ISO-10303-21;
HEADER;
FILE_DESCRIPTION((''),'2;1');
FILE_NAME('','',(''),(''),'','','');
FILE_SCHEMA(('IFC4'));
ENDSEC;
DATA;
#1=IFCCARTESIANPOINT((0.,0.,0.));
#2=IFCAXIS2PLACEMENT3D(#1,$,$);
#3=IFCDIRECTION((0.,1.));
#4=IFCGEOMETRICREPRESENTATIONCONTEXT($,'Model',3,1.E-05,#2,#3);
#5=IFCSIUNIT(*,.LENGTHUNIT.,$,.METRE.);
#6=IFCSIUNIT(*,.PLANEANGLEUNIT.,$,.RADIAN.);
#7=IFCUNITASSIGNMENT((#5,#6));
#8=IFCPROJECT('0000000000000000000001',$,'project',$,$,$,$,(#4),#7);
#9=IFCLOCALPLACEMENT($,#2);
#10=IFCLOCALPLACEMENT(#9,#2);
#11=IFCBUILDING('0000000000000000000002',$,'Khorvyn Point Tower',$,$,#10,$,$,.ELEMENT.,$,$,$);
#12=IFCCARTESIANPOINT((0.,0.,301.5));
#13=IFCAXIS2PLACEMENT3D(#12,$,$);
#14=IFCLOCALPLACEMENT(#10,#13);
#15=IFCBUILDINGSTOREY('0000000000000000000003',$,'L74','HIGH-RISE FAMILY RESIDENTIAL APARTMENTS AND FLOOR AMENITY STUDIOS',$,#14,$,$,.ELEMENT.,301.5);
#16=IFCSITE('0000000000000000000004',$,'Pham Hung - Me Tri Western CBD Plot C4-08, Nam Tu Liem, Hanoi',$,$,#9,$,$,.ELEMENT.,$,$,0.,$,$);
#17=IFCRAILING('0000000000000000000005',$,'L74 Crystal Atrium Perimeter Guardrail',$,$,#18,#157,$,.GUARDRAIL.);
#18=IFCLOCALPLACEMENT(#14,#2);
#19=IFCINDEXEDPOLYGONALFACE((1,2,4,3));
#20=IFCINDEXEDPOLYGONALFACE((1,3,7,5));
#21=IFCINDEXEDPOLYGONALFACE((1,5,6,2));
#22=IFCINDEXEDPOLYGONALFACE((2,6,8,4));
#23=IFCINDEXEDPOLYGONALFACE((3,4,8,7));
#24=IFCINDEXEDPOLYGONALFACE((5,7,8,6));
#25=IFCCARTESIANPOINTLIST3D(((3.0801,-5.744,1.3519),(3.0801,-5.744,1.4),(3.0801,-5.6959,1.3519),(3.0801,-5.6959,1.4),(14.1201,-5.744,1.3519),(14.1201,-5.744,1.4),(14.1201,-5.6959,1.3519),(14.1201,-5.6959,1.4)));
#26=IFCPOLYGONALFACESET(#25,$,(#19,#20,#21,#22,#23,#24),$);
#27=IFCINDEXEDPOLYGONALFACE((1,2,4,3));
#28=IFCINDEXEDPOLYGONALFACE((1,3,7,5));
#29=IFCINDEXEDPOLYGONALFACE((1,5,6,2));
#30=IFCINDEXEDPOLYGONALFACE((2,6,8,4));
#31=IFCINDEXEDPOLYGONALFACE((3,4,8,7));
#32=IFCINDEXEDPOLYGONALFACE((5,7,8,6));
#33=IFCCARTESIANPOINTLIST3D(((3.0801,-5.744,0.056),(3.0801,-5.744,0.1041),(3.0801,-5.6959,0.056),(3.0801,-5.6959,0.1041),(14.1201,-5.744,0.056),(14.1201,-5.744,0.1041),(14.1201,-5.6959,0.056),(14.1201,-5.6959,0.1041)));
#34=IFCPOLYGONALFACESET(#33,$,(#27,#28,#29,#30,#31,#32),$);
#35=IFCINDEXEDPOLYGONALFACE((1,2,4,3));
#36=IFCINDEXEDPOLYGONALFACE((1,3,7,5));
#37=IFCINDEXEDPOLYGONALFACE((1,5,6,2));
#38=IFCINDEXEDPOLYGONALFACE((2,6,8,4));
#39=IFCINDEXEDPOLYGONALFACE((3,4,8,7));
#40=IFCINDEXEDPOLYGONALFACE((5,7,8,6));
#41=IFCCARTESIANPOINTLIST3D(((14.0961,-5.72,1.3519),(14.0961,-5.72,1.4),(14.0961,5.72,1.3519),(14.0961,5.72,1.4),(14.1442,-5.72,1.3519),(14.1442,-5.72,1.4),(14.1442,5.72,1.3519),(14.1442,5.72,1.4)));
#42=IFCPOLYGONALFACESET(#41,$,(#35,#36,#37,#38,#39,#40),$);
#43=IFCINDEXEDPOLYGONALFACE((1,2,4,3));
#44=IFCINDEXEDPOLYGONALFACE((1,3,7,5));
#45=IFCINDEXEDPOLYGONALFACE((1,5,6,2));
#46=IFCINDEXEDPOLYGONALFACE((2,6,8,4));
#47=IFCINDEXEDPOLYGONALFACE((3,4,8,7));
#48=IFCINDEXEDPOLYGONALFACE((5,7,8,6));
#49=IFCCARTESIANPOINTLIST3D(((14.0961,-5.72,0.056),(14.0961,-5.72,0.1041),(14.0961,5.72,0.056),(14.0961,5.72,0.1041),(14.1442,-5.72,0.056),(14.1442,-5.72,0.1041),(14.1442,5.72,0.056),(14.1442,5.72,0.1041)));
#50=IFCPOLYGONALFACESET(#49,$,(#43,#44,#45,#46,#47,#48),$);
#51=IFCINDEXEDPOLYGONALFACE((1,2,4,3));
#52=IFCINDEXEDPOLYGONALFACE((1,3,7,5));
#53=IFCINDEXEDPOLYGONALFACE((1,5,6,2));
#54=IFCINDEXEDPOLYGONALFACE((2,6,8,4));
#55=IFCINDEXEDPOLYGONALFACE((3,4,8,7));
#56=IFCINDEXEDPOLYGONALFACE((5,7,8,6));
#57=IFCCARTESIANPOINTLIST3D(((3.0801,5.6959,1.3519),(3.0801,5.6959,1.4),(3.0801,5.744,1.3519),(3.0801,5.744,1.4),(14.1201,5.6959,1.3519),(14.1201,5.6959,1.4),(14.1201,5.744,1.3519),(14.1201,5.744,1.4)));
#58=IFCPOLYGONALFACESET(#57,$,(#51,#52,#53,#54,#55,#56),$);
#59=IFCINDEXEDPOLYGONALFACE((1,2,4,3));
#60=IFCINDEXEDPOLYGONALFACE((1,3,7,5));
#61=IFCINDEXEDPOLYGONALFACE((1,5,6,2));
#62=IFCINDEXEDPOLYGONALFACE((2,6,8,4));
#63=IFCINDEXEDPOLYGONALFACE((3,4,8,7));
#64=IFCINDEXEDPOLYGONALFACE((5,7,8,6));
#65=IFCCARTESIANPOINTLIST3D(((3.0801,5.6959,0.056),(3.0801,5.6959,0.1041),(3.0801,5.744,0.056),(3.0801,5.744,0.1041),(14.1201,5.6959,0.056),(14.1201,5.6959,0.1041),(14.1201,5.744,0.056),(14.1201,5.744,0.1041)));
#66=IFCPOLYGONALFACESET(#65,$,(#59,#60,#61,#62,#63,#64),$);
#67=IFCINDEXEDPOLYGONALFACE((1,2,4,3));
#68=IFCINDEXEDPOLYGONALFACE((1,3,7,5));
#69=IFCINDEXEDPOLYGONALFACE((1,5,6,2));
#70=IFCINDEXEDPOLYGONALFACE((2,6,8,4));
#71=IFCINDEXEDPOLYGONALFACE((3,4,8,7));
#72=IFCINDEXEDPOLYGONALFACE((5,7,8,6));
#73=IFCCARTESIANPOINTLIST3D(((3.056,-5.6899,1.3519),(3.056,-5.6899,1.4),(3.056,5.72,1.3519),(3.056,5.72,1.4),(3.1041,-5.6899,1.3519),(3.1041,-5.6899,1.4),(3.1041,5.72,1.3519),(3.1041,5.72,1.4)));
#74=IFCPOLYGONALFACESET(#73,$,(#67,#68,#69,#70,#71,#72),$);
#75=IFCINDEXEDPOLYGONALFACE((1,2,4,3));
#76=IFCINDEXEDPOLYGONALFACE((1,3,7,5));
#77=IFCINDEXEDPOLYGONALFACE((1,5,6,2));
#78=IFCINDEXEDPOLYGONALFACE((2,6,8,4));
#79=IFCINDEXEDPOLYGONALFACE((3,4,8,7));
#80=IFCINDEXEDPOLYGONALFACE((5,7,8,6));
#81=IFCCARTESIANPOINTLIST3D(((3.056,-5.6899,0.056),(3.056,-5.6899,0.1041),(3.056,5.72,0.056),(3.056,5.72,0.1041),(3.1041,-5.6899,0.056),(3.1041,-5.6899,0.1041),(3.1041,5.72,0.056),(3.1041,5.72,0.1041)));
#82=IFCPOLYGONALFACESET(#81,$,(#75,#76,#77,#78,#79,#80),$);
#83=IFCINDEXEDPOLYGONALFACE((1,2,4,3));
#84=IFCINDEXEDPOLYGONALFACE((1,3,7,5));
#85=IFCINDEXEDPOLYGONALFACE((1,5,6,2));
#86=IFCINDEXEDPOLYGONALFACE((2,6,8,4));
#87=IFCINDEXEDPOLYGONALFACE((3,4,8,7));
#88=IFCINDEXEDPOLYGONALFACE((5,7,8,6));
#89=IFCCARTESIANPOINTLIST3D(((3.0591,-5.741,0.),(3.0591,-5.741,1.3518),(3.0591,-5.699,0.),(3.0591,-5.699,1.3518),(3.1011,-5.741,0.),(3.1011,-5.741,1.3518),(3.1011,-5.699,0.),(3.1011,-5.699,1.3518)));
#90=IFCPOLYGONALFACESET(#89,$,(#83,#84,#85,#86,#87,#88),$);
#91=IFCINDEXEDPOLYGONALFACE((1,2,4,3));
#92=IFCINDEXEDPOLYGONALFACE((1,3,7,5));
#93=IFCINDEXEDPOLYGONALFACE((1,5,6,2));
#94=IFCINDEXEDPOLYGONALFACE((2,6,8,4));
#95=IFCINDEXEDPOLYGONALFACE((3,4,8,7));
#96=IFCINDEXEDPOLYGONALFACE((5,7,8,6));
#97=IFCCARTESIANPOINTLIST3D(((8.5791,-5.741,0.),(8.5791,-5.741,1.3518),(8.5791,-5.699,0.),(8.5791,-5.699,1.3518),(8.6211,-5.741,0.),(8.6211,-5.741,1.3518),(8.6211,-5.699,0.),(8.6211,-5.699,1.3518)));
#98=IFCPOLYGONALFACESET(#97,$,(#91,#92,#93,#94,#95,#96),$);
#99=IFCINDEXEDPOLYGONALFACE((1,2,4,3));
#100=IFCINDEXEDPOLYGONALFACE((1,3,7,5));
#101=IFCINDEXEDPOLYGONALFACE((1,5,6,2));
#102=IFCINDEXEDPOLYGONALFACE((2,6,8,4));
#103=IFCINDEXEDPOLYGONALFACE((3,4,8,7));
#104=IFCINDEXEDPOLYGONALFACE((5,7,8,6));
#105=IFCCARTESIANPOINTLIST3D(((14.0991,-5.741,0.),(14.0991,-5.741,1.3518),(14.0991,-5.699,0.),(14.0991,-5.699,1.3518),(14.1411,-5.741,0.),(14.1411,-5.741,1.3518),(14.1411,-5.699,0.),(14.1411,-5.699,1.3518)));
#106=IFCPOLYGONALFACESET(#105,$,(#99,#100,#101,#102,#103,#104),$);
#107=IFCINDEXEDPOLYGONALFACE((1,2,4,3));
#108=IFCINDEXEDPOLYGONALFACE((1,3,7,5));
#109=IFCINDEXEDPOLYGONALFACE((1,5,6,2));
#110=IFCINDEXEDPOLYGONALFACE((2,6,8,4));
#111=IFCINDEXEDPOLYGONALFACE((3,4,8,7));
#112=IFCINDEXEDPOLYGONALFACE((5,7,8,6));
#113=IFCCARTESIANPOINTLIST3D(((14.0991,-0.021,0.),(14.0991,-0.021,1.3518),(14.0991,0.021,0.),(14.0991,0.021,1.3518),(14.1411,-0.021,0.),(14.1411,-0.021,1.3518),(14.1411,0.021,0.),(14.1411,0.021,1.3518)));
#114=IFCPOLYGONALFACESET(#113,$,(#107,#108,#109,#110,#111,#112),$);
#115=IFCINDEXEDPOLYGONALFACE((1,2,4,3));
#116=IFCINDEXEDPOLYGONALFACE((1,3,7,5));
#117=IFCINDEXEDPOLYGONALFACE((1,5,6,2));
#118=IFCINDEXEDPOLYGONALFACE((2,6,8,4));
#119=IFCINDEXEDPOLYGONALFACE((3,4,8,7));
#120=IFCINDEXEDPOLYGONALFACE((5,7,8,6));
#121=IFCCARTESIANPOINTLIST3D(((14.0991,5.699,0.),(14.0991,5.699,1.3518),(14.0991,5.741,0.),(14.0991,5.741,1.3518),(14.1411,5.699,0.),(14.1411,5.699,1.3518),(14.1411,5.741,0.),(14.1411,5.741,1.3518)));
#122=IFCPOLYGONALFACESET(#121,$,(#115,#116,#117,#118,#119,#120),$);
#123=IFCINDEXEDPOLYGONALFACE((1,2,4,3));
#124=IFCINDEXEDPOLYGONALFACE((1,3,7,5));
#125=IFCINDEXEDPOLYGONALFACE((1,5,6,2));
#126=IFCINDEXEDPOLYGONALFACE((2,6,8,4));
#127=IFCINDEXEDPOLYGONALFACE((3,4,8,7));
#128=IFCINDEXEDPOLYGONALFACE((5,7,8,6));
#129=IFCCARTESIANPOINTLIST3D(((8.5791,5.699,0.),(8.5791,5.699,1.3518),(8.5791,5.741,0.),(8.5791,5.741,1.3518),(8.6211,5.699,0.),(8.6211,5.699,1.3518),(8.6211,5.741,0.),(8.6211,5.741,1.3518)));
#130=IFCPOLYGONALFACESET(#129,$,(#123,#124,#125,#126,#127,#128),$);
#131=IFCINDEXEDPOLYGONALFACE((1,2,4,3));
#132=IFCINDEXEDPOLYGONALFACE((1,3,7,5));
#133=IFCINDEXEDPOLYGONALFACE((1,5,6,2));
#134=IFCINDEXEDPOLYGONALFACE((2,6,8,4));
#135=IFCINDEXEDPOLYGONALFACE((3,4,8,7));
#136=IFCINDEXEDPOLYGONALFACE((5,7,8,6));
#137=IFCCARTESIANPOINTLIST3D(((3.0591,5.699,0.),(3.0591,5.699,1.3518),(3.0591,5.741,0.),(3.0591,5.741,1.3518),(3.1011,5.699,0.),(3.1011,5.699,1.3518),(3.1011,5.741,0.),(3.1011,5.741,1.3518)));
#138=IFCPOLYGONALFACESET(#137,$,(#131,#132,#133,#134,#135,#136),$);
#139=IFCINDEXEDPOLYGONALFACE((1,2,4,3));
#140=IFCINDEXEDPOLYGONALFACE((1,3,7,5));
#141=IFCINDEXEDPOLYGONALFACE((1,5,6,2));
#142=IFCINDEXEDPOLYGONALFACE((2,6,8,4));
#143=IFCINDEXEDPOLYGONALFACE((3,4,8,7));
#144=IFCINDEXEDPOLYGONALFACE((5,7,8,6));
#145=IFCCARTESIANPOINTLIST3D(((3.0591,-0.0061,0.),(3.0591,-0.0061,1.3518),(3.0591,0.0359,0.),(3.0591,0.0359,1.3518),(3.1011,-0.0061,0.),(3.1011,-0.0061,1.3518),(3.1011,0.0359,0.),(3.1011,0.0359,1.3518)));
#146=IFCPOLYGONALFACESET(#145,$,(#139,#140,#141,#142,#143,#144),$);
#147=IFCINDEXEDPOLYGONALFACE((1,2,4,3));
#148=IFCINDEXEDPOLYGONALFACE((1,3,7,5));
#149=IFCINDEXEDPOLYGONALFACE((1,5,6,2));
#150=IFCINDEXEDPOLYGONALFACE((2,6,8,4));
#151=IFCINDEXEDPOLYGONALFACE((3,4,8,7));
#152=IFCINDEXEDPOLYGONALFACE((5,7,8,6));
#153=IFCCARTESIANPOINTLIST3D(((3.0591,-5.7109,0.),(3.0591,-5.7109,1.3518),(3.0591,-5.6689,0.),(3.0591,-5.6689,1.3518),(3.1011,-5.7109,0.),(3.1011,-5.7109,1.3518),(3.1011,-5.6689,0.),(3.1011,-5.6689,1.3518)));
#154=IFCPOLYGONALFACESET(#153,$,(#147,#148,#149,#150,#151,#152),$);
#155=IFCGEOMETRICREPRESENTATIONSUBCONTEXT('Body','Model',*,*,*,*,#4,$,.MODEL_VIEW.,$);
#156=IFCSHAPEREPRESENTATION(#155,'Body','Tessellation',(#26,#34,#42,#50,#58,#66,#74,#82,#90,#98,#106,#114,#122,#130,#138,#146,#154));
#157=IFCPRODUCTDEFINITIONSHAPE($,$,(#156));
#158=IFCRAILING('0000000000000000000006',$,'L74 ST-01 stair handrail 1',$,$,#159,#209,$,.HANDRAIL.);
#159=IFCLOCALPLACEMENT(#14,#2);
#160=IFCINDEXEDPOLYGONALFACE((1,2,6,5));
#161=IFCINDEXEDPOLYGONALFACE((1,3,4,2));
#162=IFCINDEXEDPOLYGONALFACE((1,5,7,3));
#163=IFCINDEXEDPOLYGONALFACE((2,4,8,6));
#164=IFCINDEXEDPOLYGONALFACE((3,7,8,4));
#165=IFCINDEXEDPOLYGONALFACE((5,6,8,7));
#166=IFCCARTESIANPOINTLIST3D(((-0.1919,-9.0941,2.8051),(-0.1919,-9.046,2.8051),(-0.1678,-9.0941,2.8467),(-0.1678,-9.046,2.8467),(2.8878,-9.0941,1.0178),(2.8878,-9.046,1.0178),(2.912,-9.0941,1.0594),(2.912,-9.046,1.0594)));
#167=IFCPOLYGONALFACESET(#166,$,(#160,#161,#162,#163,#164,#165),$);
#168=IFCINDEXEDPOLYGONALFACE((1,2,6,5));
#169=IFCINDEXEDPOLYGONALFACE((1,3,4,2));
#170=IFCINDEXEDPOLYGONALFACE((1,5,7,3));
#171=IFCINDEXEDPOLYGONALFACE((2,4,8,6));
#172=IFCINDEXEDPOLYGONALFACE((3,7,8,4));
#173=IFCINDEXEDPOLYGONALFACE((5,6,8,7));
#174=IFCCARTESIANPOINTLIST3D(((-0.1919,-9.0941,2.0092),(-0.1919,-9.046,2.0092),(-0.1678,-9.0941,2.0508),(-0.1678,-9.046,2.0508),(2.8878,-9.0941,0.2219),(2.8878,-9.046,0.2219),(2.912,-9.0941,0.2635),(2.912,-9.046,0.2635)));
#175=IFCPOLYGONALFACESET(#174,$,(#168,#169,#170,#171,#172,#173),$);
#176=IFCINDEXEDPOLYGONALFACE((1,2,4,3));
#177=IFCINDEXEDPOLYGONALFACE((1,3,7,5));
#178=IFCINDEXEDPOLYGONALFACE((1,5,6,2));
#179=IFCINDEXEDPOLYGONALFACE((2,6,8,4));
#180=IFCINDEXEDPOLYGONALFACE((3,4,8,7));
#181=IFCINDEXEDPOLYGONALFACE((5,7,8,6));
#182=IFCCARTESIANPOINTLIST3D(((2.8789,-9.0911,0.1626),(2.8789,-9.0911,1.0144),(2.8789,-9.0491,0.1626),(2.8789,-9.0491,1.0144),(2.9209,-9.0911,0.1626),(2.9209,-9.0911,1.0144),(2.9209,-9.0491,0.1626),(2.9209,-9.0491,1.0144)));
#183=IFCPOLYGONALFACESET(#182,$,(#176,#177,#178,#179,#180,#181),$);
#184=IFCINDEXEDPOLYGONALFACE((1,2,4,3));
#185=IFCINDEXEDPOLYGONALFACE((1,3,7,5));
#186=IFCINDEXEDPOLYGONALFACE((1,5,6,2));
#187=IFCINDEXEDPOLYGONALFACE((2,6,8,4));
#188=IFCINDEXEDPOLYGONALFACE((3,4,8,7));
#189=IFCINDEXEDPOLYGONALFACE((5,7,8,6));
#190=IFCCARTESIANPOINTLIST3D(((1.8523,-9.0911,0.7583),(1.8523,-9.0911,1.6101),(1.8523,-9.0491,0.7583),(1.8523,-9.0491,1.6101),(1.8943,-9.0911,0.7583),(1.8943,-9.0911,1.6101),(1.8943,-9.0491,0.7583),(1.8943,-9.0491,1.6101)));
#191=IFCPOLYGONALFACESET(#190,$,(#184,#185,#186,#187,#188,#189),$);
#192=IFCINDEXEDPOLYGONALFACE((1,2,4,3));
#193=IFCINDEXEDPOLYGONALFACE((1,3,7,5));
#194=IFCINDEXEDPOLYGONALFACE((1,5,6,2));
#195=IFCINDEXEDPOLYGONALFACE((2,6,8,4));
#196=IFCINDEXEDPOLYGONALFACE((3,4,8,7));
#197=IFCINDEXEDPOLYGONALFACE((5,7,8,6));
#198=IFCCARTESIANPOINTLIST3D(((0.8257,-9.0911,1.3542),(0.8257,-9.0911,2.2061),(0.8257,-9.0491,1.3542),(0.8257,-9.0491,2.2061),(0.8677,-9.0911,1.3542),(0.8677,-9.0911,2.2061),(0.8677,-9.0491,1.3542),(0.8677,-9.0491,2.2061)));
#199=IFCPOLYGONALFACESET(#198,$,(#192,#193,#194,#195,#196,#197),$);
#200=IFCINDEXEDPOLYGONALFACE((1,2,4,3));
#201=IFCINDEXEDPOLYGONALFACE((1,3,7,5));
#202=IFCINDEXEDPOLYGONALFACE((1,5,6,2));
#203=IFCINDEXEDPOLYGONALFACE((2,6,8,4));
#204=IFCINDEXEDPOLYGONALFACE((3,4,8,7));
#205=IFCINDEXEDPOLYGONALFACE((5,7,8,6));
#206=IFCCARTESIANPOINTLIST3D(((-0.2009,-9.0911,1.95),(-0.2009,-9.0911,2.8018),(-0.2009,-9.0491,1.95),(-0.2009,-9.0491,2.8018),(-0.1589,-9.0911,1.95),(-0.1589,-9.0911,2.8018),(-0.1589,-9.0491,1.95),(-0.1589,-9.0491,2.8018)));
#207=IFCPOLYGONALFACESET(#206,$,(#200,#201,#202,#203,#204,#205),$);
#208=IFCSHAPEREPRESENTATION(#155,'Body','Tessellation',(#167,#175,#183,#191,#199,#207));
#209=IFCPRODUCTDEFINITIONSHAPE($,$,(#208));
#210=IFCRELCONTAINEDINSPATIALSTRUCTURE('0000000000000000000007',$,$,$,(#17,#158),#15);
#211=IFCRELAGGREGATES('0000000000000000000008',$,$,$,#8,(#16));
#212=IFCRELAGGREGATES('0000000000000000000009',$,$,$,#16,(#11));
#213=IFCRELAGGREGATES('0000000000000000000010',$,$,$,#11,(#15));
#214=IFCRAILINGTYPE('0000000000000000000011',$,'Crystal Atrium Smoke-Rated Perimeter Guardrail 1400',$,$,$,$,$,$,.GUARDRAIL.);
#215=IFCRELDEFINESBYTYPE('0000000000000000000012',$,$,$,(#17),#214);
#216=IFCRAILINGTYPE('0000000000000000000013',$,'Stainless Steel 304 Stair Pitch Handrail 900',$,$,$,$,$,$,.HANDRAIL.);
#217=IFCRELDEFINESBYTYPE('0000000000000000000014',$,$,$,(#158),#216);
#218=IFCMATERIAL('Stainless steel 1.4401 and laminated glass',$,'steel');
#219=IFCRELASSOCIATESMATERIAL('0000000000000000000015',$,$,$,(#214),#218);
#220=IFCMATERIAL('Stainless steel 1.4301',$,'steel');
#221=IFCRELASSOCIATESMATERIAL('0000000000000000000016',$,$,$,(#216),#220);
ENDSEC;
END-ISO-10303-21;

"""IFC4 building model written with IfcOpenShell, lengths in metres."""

from ifc_helpers import new_model, si_unit, direction, frame, origin, origin_2d, place, context, subcontext, project, spatial, rectangle, extrude, material, type_object, element, save


model = new_model("IFC4")

# Units and contexts
model_context = context("Model", 3, precision=1e-05, world=origin(), true_north=direction((0.0, 1.0)))
body_context = subcontext(model_context, "Body", "Model", "MODEL_VIEW")
ifc_project = project(units=[si_unit("LENGTHUNIT", "METRE"), si_unit("PLANEANGLEUNIT", "RADIAN")], contexts=[model_context])

# Site, building, storey
site_placement = place(None, origin())
site = spatial("IfcSite", under=ifc_project, at=site_placement, Name="Pham Hung - Me Tri Western CBD Plot C4-08, Nam Tu Liem, Hanoi", CompositionType="ELEMENT", RefElevation=0.0)
building_placement = place(site_placement, origin())
building = spatial("IfcBuilding", under=site, at=building_placement, Name="Khorvyn Point Tower", CompositionType="ELEMENT")
storey_placement = place(building_placement, frame((0.0, 0.0, 301.5)))
storey = spatial("IfcBuildingStorey", under=building, at=storey_placement, Name="L74", Description="HIGH-RISE FAMILY RESIDENTIAL APARTMENTS AND FLOOR AMENITY STUDIOS", CompositionType="ELEMENT", Elevation=301.5)

# Shared definitions
ifc_material_1 = material(Name="Stainless steel 1.4301", Category="steel")

# Railings
ifc_material_2 = material(Name="Stainless steel 1.4401 and laminated glass", Category="steel")
railing_type_1 = type_object("IfcRailingType", Name="Crystal Atrium Smoke-Rated Perimeter Guardrail 1400", PredefinedType="GUARDRAIL", material=ifc_material_2)
railing_1_placement = place(storey_placement, frame((3.0801, -5.72, 0.0)))
element("IfcRailing", 1, at=railing_1_placement, inside=storey, type_object=railing_type_1, Name="L74 Crystal Atrium Perimeter Guardrail", PredefinedType="GUARDRAIL", context=body_context, shape_type="SweptSolid", body=[
    extrude(rectangle(XDim=0.0481, YDim=0.0481, at=origin_2d()), frame((0.0, 0.0, 1.376), z_axis=(1.0, 0.0, 0.0), x_axis=(0.0, 1.0, 0.0)), (0.0, 0.0, 1.0), 11.04),
    extrude(rectangle(XDim=0.0481, YDim=0.0481, at=origin_2d()), frame((0.0, 0.0, 0.0801), z_axis=(1.0, 0.0, 0.0), x_axis=(0.0, 1.0, 0.0)), (0.0, 0.0, 1.0), 11.04),
    extrude(rectangle(XDim=0.0481, YDim=0.0481, at=origin_2d()), frame((11.04, 0.0, 1.376), z_axis=(0.0, 1.0, 0.0), x_axis=(-1.0, 0.0, 0.0)), (0.0, 0.0, 1.0), 11.4399),
    extrude(rectangle(XDim=0.0481, YDim=0.0481, at=origin_2d()), frame((11.04, 0.0, 0.0801), z_axis=(0.0, 1.0, 0.0), x_axis=(-1.0, 0.0, 0.0)), (0.0, 0.0, 1.0), 11.4399),
    extrude(rectangle(XDim=0.0481, YDim=0.0481, at=origin_2d()), frame((11.04, 11.4399, 1.376), z_axis=(-1.0, 0.0, 0.0), x_axis=(0.0, -1.0, 0.0)), (0.0, 0.0, 1.0), 11.04),
    extrude(rectangle(XDim=0.0481, YDim=0.0481, at=origin_2d()), frame((11.04, 11.4399, 0.0801), z_axis=(-1.0, 0.0, 0.0), x_axis=(0.0, -1.0, 0.0)), (0.0, 0.0, 1.0), 11.04),
    extrude(rectangle(XDim=0.0481, YDim=0.0481, at=origin_2d()), frame((0.0, 11.4399, 1.376), z_axis=(0.0, -1.0, 0.0), x_axis=(1.0, 0.0, 0.0)), (0.0, 0.0, 1.0), 11.4099),
    extrude(rectangle(XDim=0.0481, YDim=0.0481, at=origin_2d()), frame((0.0, 11.4399, 0.0801), z_axis=(0.0, -1.0, 0.0), x_axis=(1.0, 0.0, 0.0)), (0.0, 0.0, 1.0), 11.4099),
    extrude(rectangle(XDim=0.042, YDim=0.042, at=origin_2d()), origin(), (0.0, 0.0, 1.0), 1.3518),
    extrude(rectangle(XDim=0.042, YDim=0.042, at=origin_2d()), frame((5.52, 0.0, 0.0)), (0.0, 0.0, 1.0), 1.3518),
    extrude(rectangle(XDim=0.042, YDim=0.042, at=origin_2d()), frame((11.04, 0.0, 0.0)), (0.0, 0.0, 1.0), 1.3518),
    extrude(rectangle(XDim=0.042, YDim=0.042, at=origin_2d()), frame((11.04, 5.72, 0.0)), (0.0, 0.0, 1.0), 1.3518),
    extrude(rectangle(XDim=0.042, YDim=0.042, at=origin_2d()), frame((11.04, 11.4399, 0.0)), (0.0, 0.0, 1.0), 1.3518),
    extrude(rectangle(XDim=0.042, YDim=0.042, at=origin_2d()), frame((5.52, 11.4399, 0.0)), (0.0, 0.0, 1.0), 1.3518),
    extrude(rectangle(XDim=0.042, YDim=0.042, at=origin_2d()), frame((0.0, 11.4399, 0.0)), (0.0, 0.0, 1.0), 1.3518),
    extrude(rectangle(XDim=0.042, YDim=0.042, at=origin_2d()), frame((0.0, 5.7349, 0.0)), (0.0, 0.0, 1.0), 1.3518),
    extrude(rectangle(XDim=0.042, YDim=0.042, at=origin_2d()), frame((0.0, 0.03, 0.0)), (0.0, 0.0, 1.0), 1.3518),
])
railing_type_2 = type_object("IfcRailingType", Name="Stainless Steel 304 Stair Pitch Handrail 900", PredefinedType="HANDRAIL", material=ifc_material_1)
railing_2_placement = place(storey_placement, frame((2.8999, -9.0701, 0.1626)))
element("IfcRailing", 2, at=railing_2_placement, inside=storey, type_object=railing_type_2, Name="L74 ST-01 stair handrail 1", PredefinedType="HANDRAIL", context=body_context, shape_type="SweptSolid", body=[
    extrude(rectangle(XDim=0.0481, YDim=0.0481, at=origin_2d()), frame((0.0, 0.0, 0.876), z_axis=(-0.864903, 0.0, 0.501939), x_axis=(0.0, -1.0, 0.0)), (0.0, 0.0, 1.0), 3.5608),
    extrude(rectangle(XDim=0.0481, YDim=0.0481, at=origin_2d()), frame((0.0, 0.0, 0.0801), z_axis=(-0.864903, 0.0, 0.501939), x_axis=(0.0, -1.0, 0.0)), (0.0, 0.0, 1.0), 3.5608),
    extrude(rectangle(XDim=0.042, YDim=0.042, at=origin_2d()), origin(), (0.0, 0.0, 1.0), 0.8518),
    extrude(rectangle(XDim=0.042, YDim=0.042, at=origin_2d()), frame((-1.0266, 0.0, 0.5957)), (0.0, 0.0, 1.0), 0.8518),
    extrude(rectangle(XDim=0.042, YDim=0.042, at=origin_2d()), frame((-2.0532, 0.0, 1.1917)), (0.0, 0.0, 1.0), 0.8518),
    extrude(rectangle(XDim=0.042, YDim=0.042, at=origin_2d()), frame((-3.0798, 0.0, 1.7874)), (0.0, 0.0, 1.0), 0.8518),
])

save(model, "model.ifc")
